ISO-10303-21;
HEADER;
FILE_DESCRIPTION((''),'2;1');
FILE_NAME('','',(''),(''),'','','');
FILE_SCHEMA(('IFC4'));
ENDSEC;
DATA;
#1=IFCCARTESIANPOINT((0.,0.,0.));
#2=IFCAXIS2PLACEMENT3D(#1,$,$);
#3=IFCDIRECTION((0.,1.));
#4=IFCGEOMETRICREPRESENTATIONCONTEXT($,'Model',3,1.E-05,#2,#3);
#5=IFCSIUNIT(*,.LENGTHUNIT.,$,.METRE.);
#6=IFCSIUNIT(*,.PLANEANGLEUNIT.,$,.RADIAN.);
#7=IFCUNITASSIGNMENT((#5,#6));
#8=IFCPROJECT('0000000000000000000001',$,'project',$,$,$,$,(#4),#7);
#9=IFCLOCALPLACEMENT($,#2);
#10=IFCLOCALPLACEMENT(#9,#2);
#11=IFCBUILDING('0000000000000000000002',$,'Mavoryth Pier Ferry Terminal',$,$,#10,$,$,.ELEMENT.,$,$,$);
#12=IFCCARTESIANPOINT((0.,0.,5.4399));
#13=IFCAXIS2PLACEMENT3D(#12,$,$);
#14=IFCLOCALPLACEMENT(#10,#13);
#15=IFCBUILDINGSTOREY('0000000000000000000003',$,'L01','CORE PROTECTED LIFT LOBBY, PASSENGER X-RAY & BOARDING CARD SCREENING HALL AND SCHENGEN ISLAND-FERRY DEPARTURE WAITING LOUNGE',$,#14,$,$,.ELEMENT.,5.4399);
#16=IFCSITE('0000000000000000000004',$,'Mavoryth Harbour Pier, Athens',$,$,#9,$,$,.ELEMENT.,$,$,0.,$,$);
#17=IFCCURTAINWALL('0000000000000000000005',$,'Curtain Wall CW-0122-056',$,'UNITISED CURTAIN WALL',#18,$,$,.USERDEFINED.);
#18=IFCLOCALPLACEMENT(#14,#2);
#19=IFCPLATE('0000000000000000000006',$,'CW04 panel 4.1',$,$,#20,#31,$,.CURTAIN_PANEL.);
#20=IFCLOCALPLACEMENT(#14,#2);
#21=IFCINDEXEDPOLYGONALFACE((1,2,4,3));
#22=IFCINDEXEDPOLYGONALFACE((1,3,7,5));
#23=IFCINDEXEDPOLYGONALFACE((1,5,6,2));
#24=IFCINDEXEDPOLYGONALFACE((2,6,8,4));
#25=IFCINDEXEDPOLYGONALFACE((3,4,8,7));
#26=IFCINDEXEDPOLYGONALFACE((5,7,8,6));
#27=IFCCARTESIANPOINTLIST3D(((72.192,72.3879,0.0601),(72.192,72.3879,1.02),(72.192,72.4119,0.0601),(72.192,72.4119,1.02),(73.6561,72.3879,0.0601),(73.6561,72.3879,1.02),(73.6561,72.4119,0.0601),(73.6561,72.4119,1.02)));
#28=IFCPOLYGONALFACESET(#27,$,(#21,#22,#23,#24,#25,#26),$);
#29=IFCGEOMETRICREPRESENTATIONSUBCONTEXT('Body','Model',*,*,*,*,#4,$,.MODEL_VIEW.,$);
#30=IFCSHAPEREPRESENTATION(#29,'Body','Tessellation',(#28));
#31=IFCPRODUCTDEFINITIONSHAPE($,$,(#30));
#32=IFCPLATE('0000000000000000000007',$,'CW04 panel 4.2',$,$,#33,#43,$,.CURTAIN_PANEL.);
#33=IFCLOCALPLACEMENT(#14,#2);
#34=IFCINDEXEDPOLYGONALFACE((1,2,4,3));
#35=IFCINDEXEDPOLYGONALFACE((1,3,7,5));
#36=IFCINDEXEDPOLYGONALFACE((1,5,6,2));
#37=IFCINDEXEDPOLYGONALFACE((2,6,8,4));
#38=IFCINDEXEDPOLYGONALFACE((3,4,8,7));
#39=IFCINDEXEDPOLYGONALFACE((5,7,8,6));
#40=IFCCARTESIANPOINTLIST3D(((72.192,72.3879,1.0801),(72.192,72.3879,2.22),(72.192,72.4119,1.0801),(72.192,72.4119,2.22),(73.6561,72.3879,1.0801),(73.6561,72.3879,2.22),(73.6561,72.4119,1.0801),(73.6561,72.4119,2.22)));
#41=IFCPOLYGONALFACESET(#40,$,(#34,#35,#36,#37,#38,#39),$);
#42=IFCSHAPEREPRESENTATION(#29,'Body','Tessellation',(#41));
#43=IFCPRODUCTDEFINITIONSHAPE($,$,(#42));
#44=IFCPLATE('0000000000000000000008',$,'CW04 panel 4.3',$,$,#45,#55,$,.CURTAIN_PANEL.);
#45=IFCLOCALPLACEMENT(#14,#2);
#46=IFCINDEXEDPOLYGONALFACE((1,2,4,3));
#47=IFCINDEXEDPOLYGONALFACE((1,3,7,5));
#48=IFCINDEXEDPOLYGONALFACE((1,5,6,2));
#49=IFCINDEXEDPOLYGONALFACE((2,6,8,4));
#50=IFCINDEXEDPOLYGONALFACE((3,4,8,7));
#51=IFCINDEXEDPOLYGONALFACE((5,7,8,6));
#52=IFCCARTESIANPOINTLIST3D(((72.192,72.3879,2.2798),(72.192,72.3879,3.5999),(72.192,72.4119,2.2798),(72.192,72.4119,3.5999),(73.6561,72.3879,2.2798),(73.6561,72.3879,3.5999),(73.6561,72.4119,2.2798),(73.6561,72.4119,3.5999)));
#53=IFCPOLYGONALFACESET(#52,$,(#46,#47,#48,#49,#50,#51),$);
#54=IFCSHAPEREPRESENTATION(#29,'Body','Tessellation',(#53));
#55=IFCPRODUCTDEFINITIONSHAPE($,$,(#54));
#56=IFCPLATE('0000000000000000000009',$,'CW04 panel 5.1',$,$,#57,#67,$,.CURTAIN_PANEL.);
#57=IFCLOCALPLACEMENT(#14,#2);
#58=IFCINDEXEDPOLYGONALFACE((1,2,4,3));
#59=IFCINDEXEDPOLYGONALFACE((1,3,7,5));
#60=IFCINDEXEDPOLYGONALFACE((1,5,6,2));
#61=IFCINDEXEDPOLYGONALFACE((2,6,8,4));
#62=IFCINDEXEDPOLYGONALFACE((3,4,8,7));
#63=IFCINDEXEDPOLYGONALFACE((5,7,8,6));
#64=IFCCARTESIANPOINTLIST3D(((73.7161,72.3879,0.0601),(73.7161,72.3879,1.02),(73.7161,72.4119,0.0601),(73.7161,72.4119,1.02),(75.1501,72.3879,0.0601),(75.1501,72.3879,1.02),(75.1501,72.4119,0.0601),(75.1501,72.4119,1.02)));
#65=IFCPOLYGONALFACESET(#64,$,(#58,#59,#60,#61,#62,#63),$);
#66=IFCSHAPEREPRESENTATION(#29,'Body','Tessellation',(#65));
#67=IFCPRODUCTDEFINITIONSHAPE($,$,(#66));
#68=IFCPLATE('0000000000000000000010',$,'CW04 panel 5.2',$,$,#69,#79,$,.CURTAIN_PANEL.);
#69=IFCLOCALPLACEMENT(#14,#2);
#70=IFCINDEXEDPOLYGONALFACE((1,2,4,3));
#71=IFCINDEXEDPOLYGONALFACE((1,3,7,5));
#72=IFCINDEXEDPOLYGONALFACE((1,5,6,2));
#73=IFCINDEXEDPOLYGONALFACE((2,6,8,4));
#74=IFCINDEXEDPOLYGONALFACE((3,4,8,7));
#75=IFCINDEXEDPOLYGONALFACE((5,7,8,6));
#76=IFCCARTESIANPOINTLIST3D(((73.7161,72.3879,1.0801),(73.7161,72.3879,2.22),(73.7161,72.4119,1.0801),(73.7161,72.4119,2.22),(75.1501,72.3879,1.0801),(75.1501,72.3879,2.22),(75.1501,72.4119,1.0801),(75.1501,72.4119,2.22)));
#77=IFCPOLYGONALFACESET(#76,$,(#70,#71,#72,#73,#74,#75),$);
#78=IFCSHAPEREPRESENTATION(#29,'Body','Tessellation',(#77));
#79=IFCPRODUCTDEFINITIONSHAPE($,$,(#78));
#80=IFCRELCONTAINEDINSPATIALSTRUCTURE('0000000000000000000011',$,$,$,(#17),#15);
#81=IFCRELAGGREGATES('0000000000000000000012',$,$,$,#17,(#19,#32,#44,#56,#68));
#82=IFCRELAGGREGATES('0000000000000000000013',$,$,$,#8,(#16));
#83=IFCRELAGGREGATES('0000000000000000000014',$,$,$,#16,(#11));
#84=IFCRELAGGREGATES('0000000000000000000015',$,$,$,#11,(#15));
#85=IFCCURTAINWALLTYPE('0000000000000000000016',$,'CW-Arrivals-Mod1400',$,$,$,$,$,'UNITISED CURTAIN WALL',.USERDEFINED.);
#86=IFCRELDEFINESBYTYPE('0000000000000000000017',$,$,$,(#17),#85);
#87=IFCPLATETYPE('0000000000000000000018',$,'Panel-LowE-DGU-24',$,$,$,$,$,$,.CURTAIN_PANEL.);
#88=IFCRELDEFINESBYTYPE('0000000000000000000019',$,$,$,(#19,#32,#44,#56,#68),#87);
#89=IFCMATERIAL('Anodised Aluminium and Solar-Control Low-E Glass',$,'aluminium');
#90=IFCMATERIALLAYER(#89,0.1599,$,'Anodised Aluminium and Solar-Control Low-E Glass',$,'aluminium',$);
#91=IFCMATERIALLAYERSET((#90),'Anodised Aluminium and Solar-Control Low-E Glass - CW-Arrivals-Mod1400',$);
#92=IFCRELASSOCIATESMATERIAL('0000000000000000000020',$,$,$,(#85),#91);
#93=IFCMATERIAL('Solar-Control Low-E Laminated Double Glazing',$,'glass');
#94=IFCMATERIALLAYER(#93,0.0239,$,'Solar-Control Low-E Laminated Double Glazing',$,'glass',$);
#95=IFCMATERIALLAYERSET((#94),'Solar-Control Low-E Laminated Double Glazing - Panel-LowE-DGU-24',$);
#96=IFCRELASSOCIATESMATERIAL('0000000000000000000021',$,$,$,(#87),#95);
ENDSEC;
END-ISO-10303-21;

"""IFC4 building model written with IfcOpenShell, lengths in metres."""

from ifc_helpers import new_model, si_unit, direction, frame, origin, origin_2d, place, context, subcontext, project, spatial, rectangle, extrude, material, layer, layer_set, type_object, element, aggregate, save


model = new_model("IFC4")

# Units and contexts
model_context = context("Model", 3, precision=1e-05, world=origin(), true_north=direction((0.0, 1.0)))
body_context = subcontext(model_context, "Body", "Model", "MODEL_VIEW")
ifc_project = project(units=[si_unit("LENGTHUNIT", "METRE"), si_unit("PLANEANGLEUNIT", "RADIAN")], contexts=[model_context])

# Site, building, storey
site_placement = place(None, origin())
site = spatial("IfcSite", under=ifc_project, at=site_placement, Name="Mavoryth Harbour Pier, Athens", CompositionType="ELEMENT", RefElevation=0.0)
building_placement = place(site_placement, origin())
building = spatial("IfcBuilding", under=site, at=building_placement, Name="Mavoryth Pier Ferry Terminal", CompositionType="ELEMENT")
storey_placement = place(building_placement, frame((0.0, 0.0, 5.4399)))
storey = spatial("IfcBuildingStorey", under=building, at=storey_placement, Name="L01", Description="CORE PROTECTED LIFT LOBBY, PASSENGER X-RAY & BOARDING CARD SCREENING HALL AND SCHENGEN ISLAND-FERRY DEPARTURE WAITING LOUNGE", CompositionType="ELEMENT", Elevation=5.4399)

# Curtain wall, plates
ifc_material_1 = material(Name="Anodised Aluminium and Solar-Control Low-E Glass", Category="aluminium")
ifc_layer_1 = layer(ifc_material_1, 0.1599, Name="Anodised Aluminium and Solar-Control Low-E Glass", Category="aluminium")
ifc_layer_set_1 = layer_set([ifc_layer_1], Name="Anodised Aluminium and Solar-Control Low-E Glass - CW-Arrivals-Mod1400")
curtain_wall_type = type_object("IfcCurtainWallType", Name="CW-Arrivals-Mod1400", ElementType="UNITISED CURTAIN WALL", PredefinedType="USERDEFINED", material=ifc_layer_set_1)
curtain_wall_placement = place(storey_placement, origin())
curtain_wall = element("IfcCurtainWall", 1, at=curtain_wall_placement, inside=storey, type_object=curtain_wall_type, Name="Curtain Wall CW-0122-056", ObjectType="UNITISED CURTAIN WALL", PredefinedType="USERDEFINED")
ifc_material_2 = material(Name="Solar-Control Low-E Laminated Double Glazing", Category="glass")
ifc_layer_2 = layer(ifc_material_2, 0.0239, Name="Solar-Control Low-E Laminated Double Glazing", Category="glass")
ifc_layer_set_2 = layer_set([ifc_layer_2], Name="Solar-Control Low-E Laminated Double Glazing - Panel-LowE-DGU-24")
plate_type = type_object("IfcPlateType", Name="Panel-LowE-DGU-24", PredefinedType="CURTAIN_PANEL", material=ifc_layer_set_2)
plate_1_placement = place(storey_placement, frame((72.9241, 72.3999, 0.0601), z_axis=(0.0, 0.0, 1.0), x_axis=(1.0, 0.0, 0.0)))
plate_1 = element("IfcPlate", 2, at=plate_1_placement, type_object=plate_type, Name="CW04 panel 4.1", PredefinedType="CURTAIN_PANEL", context=body_context, shape_type="SweptSolid", body=[
    extrude(rectangle(XDim=1.4641, YDim=0.0239, at=origin_2d()), origin(), (0.0, 0.0, 1.0), 0.96),
])
plate_2_placement = place(storey_placement, frame((72.9241, 72.3999, 1.0801), z_axis=(0.0, 0.0, 1.0), x_axis=(1.0, 0.0, 0.0)))
plate_2 = element("IfcPlate", 3, at=plate_2_placement, type_object=plate_type, Name="CW04 panel 4.2", PredefinedType="CURTAIN_PANEL", context=body_context, shape_type="SweptSolid", body=[
    extrude(rectangle(XDim=1.4641, YDim=0.0239, at=origin_2d()), origin(), (0.0, 0.0, 1.0), 1.1399),
])
plate_3_placement = place(storey_placement, frame((72.9241, 72.3999, 2.2798), z_axis=(0.0, 0.0, 1.0), x_axis=(1.0, 0.0, 0.0)))
plate_3 = element("IfcPlate", 4, at=plate_3_placement, type_object=plate_type, Name="CW04 panel 4.3", PredefinedType="CURTAIN_PANEL", context=body_context, shape_type="SweptSolid", body=[
    extrude(rectangle(XDim=1.4641, YDim=0.0239, at=origin_2d()), origin(), (0.0, 0.0, 1.0), 1.3201),
])
plate_4_placement = place(storey_placement, frame((74.4331, 72.3999, 0.0601), z_axis=(0.0, 0.0, 1.0), x_axis=(1.0, 0.0, 0.0)))
plate_4 = element("IfcPlate", 5, at=plate_4_placement, type_object=plate_type, Name="CW04 panel 5.1", PredefinedType="CURTAIN_PANEL", context=body_context, shape_type="SweptSolid", body=[
    extrude(rectangle(XDim=1.4341, YDim=0.0239, at=origin_2d()), origin(), (0.0, 0.0, 1.0), 0.96),
])
plate_5_placement = place(storey_placement, frame((74.4331, 72.3999, 1.0801), z_axis=(0.0, 0.0, 1.0), x_axis=(1.0, 0.0, 0.0)))
plate_5 = element("IfcPlate", 6, at=plate_5_placement, type_object=plate_type, Name="CW04 panel 5.2", PredefinedType="CURTAIN_PANEL", context=body_context, shape_type="SweptSolid", body=[
    extrude(rectangle(XDim=1.4341, YDim=0.0239, at=origin_2d()), origin(), (0.0, 0.0, 1.0), 1.1399),
])
aggregate(curtain_wall, [plate_1, plate_2, plate_3, plate_4, plate_5])

save(model, "model.ifc")
